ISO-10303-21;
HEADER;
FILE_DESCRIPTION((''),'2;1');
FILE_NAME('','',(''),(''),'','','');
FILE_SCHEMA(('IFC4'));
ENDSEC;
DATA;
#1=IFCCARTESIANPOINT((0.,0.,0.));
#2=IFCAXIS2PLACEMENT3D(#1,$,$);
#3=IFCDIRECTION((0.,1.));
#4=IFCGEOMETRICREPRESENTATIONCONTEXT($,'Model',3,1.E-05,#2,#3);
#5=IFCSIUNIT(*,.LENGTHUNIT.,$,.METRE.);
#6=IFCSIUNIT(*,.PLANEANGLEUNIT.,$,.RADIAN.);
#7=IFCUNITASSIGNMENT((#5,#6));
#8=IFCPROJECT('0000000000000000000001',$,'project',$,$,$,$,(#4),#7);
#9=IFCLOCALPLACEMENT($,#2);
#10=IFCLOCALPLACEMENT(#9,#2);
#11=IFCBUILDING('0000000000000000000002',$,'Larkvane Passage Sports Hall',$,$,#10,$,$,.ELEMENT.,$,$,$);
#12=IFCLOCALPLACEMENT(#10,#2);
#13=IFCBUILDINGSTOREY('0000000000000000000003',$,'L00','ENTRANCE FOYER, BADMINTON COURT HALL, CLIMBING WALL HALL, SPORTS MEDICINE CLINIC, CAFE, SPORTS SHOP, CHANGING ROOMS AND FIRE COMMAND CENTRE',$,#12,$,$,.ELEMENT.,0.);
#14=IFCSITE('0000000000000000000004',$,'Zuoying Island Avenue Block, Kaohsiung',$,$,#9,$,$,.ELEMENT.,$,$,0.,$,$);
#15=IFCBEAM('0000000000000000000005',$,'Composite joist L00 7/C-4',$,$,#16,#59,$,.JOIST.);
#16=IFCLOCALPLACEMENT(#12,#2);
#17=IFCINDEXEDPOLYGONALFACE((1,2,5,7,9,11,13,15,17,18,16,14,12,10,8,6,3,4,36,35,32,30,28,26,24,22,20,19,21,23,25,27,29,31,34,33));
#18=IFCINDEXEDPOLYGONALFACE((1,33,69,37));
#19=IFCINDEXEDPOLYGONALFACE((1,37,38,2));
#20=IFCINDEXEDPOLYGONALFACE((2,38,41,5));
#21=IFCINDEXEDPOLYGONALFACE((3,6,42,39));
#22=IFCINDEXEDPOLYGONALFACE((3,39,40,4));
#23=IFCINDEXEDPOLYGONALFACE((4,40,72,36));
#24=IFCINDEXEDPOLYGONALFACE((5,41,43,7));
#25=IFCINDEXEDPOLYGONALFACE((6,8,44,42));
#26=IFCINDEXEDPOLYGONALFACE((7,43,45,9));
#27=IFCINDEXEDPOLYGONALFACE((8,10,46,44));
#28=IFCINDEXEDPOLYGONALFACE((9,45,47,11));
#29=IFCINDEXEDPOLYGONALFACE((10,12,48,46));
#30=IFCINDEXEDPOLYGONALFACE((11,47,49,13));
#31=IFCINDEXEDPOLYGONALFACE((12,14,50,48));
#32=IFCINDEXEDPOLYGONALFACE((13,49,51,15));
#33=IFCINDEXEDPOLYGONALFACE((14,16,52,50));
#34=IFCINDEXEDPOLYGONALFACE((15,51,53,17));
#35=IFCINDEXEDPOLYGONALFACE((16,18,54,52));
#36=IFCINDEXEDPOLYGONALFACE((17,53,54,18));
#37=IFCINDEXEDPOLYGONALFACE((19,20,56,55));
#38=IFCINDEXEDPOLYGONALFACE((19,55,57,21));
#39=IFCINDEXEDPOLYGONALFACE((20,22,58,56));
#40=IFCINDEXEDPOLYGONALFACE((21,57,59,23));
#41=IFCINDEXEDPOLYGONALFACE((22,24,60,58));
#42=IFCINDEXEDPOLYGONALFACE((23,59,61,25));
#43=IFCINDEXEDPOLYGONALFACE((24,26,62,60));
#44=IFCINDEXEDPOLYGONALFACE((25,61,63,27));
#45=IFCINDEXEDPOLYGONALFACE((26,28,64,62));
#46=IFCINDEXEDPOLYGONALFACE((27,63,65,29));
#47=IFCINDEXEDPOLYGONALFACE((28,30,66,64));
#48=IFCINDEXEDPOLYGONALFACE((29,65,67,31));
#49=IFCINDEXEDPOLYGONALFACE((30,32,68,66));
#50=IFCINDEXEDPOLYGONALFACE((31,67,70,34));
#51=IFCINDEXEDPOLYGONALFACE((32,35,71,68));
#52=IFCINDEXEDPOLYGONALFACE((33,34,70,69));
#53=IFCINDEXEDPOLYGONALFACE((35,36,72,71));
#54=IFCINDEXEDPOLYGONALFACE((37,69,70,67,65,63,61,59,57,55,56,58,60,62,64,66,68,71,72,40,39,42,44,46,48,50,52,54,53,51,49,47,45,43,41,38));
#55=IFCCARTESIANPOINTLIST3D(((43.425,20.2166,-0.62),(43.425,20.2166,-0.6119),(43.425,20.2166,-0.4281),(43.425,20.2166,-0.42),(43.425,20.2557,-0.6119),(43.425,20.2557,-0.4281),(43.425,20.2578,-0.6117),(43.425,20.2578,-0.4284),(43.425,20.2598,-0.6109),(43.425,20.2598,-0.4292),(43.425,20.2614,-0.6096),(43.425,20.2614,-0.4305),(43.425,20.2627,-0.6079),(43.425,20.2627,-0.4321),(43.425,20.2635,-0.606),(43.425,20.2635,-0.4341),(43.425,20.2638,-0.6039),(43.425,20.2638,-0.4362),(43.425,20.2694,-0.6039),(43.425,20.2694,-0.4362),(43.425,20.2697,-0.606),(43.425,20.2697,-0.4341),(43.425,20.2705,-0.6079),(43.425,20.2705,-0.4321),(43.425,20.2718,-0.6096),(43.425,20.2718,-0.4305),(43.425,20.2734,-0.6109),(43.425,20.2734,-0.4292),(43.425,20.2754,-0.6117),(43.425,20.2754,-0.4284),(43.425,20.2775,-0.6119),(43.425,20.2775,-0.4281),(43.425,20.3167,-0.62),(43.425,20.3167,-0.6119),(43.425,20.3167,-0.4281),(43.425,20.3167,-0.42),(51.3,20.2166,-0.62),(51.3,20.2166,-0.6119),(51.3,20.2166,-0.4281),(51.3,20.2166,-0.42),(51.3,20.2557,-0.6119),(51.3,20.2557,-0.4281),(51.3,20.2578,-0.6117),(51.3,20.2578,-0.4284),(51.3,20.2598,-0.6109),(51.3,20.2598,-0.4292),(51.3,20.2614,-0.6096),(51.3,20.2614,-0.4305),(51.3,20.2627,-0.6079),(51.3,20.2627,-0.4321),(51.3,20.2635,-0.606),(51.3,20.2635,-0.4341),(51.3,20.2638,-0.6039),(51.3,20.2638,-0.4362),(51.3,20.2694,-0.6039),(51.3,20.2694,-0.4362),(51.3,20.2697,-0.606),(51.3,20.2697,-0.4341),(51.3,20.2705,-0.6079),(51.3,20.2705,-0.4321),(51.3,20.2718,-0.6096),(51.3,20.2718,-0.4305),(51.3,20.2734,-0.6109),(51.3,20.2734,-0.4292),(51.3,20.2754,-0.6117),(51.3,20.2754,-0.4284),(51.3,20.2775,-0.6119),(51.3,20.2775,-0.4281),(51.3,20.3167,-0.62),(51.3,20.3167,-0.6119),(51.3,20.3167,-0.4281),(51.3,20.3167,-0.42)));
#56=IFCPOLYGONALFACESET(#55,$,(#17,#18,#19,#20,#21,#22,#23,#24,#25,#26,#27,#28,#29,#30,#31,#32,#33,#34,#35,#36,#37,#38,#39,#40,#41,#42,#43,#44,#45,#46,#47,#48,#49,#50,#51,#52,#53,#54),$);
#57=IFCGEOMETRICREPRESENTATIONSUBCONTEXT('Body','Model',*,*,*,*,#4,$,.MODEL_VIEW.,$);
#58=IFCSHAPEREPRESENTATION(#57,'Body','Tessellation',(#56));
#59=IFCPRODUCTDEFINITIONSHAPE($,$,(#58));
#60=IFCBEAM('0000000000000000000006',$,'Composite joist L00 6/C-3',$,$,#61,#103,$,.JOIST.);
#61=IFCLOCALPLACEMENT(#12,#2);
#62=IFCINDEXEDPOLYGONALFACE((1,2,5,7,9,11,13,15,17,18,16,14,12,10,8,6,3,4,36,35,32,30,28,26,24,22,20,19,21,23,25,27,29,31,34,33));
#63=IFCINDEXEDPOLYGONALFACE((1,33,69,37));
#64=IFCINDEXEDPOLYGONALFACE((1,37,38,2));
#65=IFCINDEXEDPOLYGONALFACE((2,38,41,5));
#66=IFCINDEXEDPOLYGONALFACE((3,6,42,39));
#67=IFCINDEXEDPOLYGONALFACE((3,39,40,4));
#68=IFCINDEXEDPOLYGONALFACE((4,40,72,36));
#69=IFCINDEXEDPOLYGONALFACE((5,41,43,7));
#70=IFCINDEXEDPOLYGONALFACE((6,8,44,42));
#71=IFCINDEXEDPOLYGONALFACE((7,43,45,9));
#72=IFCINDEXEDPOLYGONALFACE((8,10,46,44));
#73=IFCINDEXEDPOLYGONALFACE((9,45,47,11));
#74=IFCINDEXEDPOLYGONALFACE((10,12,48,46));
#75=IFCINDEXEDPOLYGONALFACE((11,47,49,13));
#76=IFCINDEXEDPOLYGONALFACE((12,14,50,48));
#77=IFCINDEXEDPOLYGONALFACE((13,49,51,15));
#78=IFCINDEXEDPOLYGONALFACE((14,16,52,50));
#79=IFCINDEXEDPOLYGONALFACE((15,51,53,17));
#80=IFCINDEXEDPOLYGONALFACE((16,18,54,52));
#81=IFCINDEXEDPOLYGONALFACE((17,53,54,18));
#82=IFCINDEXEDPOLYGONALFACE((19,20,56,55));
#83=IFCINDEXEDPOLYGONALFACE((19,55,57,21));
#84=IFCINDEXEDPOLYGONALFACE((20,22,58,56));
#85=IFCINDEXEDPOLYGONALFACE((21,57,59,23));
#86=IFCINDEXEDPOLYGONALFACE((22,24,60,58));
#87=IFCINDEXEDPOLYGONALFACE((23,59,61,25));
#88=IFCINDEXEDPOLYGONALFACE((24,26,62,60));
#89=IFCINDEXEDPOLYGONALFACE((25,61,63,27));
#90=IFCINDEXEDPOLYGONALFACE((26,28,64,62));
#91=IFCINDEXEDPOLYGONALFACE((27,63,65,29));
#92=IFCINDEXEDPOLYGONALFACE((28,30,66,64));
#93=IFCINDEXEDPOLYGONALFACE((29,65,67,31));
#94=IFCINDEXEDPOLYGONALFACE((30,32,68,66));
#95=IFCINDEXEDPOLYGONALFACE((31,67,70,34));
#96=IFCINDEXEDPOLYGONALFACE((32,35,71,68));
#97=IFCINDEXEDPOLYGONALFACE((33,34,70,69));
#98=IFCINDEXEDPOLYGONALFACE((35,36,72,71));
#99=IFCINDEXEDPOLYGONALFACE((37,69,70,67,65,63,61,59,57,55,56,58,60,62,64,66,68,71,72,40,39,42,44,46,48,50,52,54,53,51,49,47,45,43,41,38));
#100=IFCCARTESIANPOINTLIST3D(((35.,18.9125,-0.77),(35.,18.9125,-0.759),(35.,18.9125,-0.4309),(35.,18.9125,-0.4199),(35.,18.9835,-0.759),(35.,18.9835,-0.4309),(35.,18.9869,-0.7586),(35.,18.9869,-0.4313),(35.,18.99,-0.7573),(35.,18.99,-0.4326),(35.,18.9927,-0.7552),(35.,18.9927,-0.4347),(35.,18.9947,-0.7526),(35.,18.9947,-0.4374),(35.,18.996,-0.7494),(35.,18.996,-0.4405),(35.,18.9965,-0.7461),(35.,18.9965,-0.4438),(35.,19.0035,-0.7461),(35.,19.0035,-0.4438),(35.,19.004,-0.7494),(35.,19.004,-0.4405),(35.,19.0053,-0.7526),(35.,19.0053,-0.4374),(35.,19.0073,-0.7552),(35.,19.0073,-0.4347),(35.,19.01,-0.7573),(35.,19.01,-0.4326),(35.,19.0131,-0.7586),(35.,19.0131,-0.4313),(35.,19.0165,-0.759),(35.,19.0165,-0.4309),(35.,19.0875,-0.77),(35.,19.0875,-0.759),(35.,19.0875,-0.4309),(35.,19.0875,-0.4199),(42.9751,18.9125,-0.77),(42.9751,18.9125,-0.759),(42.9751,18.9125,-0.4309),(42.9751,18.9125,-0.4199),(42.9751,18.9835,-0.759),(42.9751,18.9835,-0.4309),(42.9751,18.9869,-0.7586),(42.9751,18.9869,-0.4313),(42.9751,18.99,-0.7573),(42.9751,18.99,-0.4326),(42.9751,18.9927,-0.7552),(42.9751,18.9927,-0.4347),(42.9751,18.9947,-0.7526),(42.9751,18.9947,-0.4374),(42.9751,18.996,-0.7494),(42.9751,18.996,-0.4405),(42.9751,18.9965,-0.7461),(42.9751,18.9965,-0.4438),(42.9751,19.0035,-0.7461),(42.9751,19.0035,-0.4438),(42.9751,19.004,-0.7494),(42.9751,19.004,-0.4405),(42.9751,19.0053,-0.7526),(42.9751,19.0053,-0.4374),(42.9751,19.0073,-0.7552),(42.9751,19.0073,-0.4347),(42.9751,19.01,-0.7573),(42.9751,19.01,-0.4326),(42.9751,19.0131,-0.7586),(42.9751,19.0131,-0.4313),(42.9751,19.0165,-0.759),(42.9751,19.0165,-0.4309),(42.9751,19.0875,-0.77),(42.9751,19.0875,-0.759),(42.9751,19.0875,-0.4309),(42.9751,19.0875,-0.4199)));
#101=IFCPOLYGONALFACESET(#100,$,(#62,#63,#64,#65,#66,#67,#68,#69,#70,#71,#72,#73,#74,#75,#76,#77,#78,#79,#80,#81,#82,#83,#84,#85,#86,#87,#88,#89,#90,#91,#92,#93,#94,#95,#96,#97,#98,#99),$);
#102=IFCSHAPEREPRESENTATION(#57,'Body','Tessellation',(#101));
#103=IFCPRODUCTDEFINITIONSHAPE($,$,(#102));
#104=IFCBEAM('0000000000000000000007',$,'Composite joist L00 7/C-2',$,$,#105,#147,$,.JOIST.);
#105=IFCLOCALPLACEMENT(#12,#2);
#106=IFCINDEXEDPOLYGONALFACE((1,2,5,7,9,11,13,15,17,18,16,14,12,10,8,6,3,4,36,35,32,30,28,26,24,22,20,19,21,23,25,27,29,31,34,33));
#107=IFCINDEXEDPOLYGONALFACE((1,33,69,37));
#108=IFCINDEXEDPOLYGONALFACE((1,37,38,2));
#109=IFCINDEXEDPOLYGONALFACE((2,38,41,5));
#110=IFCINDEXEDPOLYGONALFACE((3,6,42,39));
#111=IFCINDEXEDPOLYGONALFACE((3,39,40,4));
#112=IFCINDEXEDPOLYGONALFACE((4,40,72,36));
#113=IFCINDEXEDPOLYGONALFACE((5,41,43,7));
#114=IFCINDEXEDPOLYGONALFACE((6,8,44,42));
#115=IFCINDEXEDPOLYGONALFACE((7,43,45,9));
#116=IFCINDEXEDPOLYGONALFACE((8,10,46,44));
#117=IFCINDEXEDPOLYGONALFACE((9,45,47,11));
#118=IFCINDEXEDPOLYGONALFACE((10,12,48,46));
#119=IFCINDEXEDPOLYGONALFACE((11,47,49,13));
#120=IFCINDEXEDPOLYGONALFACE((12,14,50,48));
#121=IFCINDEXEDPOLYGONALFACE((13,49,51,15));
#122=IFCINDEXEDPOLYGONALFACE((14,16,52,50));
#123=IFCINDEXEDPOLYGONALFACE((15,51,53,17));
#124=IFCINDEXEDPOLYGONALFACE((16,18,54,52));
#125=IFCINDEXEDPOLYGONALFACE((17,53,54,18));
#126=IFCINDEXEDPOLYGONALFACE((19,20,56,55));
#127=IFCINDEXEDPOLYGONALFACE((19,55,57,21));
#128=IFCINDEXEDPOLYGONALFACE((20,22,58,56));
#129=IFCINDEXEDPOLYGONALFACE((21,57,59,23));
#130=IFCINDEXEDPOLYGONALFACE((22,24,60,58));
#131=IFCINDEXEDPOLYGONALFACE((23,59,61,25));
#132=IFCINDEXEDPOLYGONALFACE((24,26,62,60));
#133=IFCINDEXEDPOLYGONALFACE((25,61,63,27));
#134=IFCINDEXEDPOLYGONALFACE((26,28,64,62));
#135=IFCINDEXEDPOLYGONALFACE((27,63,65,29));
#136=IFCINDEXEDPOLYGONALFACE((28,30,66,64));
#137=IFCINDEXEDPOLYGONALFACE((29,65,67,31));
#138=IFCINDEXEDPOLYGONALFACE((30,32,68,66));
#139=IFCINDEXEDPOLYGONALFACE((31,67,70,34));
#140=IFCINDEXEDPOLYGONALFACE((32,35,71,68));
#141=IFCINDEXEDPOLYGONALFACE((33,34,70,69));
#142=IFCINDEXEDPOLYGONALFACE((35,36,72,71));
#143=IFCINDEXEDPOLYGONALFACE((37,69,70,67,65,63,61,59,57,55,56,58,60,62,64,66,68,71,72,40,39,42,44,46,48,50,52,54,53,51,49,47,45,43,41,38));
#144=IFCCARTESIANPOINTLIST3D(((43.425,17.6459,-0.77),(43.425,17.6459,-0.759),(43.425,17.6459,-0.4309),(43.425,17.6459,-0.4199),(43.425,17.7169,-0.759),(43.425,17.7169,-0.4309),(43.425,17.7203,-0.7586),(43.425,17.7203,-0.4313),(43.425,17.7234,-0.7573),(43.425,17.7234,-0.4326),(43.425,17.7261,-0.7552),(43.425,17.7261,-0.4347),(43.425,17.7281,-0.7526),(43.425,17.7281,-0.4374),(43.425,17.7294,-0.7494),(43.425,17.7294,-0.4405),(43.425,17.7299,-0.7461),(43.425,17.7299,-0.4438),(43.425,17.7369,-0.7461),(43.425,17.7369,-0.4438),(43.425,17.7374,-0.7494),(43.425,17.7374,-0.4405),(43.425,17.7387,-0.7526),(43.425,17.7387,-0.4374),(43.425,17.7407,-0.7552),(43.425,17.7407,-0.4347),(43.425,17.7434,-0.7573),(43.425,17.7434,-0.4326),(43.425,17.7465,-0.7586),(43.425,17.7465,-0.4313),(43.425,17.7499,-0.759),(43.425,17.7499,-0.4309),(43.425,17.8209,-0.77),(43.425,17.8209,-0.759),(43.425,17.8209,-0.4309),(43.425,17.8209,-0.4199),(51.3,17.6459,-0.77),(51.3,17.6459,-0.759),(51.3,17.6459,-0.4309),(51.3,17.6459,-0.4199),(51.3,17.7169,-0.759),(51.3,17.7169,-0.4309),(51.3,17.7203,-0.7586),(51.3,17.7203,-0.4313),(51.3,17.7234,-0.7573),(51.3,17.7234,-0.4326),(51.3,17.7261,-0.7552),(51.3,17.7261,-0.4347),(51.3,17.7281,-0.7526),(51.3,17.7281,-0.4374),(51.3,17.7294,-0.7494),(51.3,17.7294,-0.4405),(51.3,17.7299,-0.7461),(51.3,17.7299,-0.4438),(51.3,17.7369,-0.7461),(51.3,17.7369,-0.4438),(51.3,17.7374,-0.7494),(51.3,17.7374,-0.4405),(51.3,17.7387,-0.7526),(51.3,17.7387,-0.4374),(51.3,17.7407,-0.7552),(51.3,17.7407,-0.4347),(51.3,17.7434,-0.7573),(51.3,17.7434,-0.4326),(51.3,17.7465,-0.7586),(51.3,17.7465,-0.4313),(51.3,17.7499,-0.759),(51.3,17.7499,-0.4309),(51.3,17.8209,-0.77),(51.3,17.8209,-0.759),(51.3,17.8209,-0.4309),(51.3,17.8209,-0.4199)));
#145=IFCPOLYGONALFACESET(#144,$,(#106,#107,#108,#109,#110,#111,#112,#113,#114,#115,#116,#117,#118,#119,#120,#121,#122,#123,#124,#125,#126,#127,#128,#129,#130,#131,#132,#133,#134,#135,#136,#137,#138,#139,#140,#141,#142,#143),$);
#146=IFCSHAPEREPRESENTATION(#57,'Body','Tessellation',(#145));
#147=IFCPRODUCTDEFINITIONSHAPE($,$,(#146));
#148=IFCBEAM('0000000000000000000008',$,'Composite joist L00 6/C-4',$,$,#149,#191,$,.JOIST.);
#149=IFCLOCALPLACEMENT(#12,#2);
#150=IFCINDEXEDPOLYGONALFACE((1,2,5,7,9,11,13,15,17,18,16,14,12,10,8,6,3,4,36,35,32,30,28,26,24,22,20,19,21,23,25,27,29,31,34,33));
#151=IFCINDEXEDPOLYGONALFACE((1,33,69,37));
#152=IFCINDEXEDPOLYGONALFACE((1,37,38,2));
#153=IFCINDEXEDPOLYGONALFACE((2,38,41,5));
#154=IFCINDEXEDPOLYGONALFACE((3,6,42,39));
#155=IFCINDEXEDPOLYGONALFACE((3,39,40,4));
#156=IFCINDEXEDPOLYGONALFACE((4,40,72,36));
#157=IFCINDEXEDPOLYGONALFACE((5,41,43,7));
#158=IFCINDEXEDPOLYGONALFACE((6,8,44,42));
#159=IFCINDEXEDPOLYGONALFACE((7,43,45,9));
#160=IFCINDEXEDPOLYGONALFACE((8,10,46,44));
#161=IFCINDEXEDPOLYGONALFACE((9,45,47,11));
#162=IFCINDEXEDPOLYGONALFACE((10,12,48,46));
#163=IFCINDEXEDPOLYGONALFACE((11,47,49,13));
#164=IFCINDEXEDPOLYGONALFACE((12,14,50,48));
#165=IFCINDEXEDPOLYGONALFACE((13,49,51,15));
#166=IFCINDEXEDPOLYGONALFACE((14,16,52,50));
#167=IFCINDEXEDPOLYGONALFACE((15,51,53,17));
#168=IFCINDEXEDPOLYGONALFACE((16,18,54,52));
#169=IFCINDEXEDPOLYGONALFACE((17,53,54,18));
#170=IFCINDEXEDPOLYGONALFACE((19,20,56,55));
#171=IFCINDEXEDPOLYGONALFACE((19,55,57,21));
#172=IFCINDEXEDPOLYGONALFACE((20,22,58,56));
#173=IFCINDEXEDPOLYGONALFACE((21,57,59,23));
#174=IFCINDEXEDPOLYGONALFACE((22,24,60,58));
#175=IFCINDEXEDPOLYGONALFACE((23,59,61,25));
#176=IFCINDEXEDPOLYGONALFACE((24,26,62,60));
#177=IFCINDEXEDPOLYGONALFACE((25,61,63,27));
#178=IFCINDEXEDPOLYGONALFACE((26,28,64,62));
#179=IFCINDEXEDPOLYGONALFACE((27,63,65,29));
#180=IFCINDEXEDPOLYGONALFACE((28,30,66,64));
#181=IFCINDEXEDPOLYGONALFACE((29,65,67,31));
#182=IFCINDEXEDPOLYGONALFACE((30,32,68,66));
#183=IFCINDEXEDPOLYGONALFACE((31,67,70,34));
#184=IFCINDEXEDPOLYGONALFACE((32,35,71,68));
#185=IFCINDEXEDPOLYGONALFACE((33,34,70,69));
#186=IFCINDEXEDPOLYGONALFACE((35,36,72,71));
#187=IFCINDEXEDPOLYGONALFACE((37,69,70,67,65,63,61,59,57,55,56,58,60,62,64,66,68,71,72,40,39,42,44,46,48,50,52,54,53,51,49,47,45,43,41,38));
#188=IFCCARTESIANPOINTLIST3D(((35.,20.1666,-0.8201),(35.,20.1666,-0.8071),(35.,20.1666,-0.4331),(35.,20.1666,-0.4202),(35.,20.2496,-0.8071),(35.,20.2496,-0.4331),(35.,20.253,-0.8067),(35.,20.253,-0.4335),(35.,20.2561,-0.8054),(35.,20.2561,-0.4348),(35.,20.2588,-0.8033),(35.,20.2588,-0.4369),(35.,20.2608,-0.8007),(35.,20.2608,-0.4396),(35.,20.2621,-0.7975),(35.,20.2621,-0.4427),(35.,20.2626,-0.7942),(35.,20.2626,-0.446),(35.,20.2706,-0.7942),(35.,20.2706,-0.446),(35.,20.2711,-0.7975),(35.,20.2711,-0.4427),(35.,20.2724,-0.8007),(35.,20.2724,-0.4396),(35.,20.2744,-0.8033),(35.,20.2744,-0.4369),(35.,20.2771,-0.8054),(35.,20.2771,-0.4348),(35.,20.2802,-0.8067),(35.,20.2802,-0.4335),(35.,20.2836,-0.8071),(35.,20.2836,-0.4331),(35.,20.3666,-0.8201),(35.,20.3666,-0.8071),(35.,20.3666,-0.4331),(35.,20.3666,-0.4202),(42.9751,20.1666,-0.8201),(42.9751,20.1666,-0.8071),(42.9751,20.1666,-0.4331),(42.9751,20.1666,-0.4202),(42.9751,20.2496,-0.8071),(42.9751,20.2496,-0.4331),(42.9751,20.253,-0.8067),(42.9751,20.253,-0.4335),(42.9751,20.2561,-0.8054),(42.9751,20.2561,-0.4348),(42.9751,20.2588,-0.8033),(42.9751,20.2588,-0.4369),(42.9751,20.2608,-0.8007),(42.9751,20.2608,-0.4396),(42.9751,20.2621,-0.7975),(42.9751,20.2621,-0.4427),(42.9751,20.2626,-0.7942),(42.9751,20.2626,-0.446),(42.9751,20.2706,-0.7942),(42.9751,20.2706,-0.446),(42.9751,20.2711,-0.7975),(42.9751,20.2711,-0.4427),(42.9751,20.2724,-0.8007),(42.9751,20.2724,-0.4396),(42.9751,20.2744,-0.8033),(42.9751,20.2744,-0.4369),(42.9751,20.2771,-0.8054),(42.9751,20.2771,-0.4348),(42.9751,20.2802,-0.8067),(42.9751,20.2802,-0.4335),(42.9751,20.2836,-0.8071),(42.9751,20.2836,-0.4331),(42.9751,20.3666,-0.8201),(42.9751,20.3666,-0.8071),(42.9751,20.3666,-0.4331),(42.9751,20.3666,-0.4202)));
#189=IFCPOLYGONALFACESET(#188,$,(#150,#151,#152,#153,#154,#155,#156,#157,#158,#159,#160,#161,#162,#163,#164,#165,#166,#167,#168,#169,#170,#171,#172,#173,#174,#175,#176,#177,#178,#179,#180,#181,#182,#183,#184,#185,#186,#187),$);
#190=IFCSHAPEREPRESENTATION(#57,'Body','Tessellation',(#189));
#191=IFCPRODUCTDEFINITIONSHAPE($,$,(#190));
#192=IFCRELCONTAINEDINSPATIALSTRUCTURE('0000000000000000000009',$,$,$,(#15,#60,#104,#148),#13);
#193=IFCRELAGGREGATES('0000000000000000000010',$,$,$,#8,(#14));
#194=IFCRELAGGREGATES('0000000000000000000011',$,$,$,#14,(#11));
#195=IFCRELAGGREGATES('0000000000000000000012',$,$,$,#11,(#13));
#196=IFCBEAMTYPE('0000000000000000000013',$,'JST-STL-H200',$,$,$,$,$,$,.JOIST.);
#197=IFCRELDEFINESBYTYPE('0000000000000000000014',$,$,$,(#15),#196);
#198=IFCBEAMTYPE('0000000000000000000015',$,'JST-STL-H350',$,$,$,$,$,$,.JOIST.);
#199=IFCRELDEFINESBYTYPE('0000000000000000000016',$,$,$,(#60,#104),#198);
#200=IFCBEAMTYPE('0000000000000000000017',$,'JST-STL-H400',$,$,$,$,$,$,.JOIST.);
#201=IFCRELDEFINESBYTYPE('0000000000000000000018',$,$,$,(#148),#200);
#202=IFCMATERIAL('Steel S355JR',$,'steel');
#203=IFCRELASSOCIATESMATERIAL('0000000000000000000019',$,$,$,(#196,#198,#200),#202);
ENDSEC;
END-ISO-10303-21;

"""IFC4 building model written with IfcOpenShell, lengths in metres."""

from ifc_helpers import new_model, si_unit, direction, frame, origin, origin_2d, place, context, subcontext, project, spatial, i_section, extrude, material, material_profile, profile_set, type_object, element, save


model = new_model("IFC4")

# Units and contexts
model_context = context("Model", 3, precision=1e-05, world=origin(), true_north=direction((0.0, 1.0)))
body_context = subcontext(model_context, "Body", "Model", "MODEL_VIEW")
ifc_project = project(units=[si_unit("LENGTHUNIT", "METRE"), si_unit("PLANEANGLEUNIT", "RADIAN")], contexts=[model_context])

# Site, building, storey
site_placement = place(None, origin())
site = spatial("IfcSite", under=ifc_project, at=site_placement, Name="Zuoying Island Avenue Block, Kaohsiung", CompositionType="ELEMENT", RefElevation=0.0)
building_placement = place(site_placement, origin())
building = spatial("IfcBuilding", under=site, at=building_placement, Name="Larkvane Passage Sports Hall", CompositionType="ELEMENT")
storey_placement = place(building_placement, origin())
storey = spatial("IfcBuildingStorey", under=building, at=storey_placement, Name="L00", Description="ENTRANCE FOYER, BADMINTON COURT HALL, CLIMBING WALL HALL, SPORTS MEDICINE CLINIC, CAFE, SPORTS SHOP, CHANGING ROOMS AND FIRE COMMAND CENTRE", CompositionType="ELEMENT", Elevation=0.0)

# Beams
ifc_material_1 = material(Name="Steel S355JR", Category="steel")
ifc_material_profile_1 = material_profile(ifc_material_1, i_section(OverallWidth=0.1001, OverallDepth=0.2, WebThickness=0.0056, FlangeThickness=0.0081, FilletRadius=0.0081, at=origin_2d()), Name="H-200x100x5.5x8")
ifc_profile_set_1 = profile_set([ifc_material_profile_1], Name="Steel S355JR")
beam_type_1 = type_object("IfcBeamType", Name="JST-STL-H200", PredefinedType="JOIST", material=ifc_profile_set_1)
beam_1_placement = place(storey_placement, frame((43.425, 20.2666, -0.52), z_axis=(1.0, 0.0, 0.0), x_axis=(0.0, 1.0, 0.0)))
element("IfcBeam", 1, at=beam_1_placement, inside=storey, type_object=beam_type_1, Name="Composite joist L00 7/C-4", PredefinedType="JOIST", context=body_context, shape_type="SweptSolid", body=[
    extrude(i_section(OverallWidth=0.1001, OverallDepth=0.2, WebThickness=0.0056, FlangeThickness=0.0081, FilletRadius=0.0081, at=origin_2d()), origin(), (0.0, 0.0, 1.0), 7.875),
])
ifc_material_profile_2 = material_profile(ifc_material_1, i_section(OverallWidth=0.175, OverallDepth=0.3501, WebThickness=0.0071, FlangeThickness=0.011, FilletRadius=0.0129, at=origin_2d()), Name="H-350x175x7x11")
ifc_profile_set_2 = profile_set([ifc_material_profile_2], Name="Steel S355JR")
beam_type_2 = type_object("IfcBeamType", Name="JST-STL-H350", PredefinedType="JOIST", material=ifc_profile_set_2)
beam_2_placement = place(storey_placement, frame((35.0, 19.0, -0.595), z_axis=(1.0, 0.0, 0.0), x_axis=(0.0, 1.0, 0.0)))
element("IfcBeam", 2, at=beam_2_placement, inside=storey, type_object=beam_type_2, Name="Composite joist L00 6/C-3", PredefinedType="JOIST", context=body_context, shape_type="SweptSolid", body=[
    extrude(i_section(OverallWidth=0.175, OverallDepth=0.3501, WebThickness=0.0071, FlangeThickness=0.011, FilletRadius=0.0129, at=origin_2d()), origin(), (0.0, 0.0, 1.0), 7.9751),
])
beam_3_placement = place(storey_placement, frame((43.425, 17.7334, -0.595), z_axis=(1.0, 0.0, 0.0), x_axis=(0.0, 1.0, 0.0)))
element("IfcBeam", 3, at=beam_3_placement, inside=storey, type_object=beam_type_2, Name="Composite joist L00 7/C-2", PredefinedType="JOIST", context=body_context, shape_type="SweptSolid", body=[
    extrude(i_section(OverallWidth=0.175, OverallDepth=0.3501, WebThickness=0.0071, FlangeThickness=0.011, FilletRadius=0.0129, at=origin_2d()), origin(), (0.0, 0.0, 1.0), 7.875),
])
ifc_material_profile_3 = material_profile(ifc_material_1, i_section(OverallWidth=0.2, OverallDepth=0.3999, WebThickness=0.0081, FlangeThickness=0.0129, FilletRadius=0.0129, at=origin_2d()), Name="H-400x200x8x13")
ifc_profile_set_3 = profile_set([ifc_material_profile_3], Name="Steel S355JR")
beam_type_3 = type_object("IfcBeamType", Name="JST-STL-H400", PredefinedType="JOIST", material=ifc_profile_set_3)
beam_4_placement = place(storey_placement, frame((35.0, 20.2666, -0.6201), z_axis=(1.0, 0.0, 0.0), x_axis=(0.0, 1.0, 0.0)))
element("IfcBeam", 4, at=beam_4_placement, inside=storey, type_object=beam_type_3, Name="Composite joist L00 6/C-4", PredefinedType="JOIST", context=body_context, shape_type="SweptSolid", body=[
    extrude(i_section(OverallWidth=0.2, OverallDepth=0.3999, WebThickness=0.0081, FlangeThickness=0.0129, FilletRadius=0.0129, at=origin_2d()), origin(), (0.0, 0.0, 1.0), 7.9751),
])

save(model, "model.ifc")
